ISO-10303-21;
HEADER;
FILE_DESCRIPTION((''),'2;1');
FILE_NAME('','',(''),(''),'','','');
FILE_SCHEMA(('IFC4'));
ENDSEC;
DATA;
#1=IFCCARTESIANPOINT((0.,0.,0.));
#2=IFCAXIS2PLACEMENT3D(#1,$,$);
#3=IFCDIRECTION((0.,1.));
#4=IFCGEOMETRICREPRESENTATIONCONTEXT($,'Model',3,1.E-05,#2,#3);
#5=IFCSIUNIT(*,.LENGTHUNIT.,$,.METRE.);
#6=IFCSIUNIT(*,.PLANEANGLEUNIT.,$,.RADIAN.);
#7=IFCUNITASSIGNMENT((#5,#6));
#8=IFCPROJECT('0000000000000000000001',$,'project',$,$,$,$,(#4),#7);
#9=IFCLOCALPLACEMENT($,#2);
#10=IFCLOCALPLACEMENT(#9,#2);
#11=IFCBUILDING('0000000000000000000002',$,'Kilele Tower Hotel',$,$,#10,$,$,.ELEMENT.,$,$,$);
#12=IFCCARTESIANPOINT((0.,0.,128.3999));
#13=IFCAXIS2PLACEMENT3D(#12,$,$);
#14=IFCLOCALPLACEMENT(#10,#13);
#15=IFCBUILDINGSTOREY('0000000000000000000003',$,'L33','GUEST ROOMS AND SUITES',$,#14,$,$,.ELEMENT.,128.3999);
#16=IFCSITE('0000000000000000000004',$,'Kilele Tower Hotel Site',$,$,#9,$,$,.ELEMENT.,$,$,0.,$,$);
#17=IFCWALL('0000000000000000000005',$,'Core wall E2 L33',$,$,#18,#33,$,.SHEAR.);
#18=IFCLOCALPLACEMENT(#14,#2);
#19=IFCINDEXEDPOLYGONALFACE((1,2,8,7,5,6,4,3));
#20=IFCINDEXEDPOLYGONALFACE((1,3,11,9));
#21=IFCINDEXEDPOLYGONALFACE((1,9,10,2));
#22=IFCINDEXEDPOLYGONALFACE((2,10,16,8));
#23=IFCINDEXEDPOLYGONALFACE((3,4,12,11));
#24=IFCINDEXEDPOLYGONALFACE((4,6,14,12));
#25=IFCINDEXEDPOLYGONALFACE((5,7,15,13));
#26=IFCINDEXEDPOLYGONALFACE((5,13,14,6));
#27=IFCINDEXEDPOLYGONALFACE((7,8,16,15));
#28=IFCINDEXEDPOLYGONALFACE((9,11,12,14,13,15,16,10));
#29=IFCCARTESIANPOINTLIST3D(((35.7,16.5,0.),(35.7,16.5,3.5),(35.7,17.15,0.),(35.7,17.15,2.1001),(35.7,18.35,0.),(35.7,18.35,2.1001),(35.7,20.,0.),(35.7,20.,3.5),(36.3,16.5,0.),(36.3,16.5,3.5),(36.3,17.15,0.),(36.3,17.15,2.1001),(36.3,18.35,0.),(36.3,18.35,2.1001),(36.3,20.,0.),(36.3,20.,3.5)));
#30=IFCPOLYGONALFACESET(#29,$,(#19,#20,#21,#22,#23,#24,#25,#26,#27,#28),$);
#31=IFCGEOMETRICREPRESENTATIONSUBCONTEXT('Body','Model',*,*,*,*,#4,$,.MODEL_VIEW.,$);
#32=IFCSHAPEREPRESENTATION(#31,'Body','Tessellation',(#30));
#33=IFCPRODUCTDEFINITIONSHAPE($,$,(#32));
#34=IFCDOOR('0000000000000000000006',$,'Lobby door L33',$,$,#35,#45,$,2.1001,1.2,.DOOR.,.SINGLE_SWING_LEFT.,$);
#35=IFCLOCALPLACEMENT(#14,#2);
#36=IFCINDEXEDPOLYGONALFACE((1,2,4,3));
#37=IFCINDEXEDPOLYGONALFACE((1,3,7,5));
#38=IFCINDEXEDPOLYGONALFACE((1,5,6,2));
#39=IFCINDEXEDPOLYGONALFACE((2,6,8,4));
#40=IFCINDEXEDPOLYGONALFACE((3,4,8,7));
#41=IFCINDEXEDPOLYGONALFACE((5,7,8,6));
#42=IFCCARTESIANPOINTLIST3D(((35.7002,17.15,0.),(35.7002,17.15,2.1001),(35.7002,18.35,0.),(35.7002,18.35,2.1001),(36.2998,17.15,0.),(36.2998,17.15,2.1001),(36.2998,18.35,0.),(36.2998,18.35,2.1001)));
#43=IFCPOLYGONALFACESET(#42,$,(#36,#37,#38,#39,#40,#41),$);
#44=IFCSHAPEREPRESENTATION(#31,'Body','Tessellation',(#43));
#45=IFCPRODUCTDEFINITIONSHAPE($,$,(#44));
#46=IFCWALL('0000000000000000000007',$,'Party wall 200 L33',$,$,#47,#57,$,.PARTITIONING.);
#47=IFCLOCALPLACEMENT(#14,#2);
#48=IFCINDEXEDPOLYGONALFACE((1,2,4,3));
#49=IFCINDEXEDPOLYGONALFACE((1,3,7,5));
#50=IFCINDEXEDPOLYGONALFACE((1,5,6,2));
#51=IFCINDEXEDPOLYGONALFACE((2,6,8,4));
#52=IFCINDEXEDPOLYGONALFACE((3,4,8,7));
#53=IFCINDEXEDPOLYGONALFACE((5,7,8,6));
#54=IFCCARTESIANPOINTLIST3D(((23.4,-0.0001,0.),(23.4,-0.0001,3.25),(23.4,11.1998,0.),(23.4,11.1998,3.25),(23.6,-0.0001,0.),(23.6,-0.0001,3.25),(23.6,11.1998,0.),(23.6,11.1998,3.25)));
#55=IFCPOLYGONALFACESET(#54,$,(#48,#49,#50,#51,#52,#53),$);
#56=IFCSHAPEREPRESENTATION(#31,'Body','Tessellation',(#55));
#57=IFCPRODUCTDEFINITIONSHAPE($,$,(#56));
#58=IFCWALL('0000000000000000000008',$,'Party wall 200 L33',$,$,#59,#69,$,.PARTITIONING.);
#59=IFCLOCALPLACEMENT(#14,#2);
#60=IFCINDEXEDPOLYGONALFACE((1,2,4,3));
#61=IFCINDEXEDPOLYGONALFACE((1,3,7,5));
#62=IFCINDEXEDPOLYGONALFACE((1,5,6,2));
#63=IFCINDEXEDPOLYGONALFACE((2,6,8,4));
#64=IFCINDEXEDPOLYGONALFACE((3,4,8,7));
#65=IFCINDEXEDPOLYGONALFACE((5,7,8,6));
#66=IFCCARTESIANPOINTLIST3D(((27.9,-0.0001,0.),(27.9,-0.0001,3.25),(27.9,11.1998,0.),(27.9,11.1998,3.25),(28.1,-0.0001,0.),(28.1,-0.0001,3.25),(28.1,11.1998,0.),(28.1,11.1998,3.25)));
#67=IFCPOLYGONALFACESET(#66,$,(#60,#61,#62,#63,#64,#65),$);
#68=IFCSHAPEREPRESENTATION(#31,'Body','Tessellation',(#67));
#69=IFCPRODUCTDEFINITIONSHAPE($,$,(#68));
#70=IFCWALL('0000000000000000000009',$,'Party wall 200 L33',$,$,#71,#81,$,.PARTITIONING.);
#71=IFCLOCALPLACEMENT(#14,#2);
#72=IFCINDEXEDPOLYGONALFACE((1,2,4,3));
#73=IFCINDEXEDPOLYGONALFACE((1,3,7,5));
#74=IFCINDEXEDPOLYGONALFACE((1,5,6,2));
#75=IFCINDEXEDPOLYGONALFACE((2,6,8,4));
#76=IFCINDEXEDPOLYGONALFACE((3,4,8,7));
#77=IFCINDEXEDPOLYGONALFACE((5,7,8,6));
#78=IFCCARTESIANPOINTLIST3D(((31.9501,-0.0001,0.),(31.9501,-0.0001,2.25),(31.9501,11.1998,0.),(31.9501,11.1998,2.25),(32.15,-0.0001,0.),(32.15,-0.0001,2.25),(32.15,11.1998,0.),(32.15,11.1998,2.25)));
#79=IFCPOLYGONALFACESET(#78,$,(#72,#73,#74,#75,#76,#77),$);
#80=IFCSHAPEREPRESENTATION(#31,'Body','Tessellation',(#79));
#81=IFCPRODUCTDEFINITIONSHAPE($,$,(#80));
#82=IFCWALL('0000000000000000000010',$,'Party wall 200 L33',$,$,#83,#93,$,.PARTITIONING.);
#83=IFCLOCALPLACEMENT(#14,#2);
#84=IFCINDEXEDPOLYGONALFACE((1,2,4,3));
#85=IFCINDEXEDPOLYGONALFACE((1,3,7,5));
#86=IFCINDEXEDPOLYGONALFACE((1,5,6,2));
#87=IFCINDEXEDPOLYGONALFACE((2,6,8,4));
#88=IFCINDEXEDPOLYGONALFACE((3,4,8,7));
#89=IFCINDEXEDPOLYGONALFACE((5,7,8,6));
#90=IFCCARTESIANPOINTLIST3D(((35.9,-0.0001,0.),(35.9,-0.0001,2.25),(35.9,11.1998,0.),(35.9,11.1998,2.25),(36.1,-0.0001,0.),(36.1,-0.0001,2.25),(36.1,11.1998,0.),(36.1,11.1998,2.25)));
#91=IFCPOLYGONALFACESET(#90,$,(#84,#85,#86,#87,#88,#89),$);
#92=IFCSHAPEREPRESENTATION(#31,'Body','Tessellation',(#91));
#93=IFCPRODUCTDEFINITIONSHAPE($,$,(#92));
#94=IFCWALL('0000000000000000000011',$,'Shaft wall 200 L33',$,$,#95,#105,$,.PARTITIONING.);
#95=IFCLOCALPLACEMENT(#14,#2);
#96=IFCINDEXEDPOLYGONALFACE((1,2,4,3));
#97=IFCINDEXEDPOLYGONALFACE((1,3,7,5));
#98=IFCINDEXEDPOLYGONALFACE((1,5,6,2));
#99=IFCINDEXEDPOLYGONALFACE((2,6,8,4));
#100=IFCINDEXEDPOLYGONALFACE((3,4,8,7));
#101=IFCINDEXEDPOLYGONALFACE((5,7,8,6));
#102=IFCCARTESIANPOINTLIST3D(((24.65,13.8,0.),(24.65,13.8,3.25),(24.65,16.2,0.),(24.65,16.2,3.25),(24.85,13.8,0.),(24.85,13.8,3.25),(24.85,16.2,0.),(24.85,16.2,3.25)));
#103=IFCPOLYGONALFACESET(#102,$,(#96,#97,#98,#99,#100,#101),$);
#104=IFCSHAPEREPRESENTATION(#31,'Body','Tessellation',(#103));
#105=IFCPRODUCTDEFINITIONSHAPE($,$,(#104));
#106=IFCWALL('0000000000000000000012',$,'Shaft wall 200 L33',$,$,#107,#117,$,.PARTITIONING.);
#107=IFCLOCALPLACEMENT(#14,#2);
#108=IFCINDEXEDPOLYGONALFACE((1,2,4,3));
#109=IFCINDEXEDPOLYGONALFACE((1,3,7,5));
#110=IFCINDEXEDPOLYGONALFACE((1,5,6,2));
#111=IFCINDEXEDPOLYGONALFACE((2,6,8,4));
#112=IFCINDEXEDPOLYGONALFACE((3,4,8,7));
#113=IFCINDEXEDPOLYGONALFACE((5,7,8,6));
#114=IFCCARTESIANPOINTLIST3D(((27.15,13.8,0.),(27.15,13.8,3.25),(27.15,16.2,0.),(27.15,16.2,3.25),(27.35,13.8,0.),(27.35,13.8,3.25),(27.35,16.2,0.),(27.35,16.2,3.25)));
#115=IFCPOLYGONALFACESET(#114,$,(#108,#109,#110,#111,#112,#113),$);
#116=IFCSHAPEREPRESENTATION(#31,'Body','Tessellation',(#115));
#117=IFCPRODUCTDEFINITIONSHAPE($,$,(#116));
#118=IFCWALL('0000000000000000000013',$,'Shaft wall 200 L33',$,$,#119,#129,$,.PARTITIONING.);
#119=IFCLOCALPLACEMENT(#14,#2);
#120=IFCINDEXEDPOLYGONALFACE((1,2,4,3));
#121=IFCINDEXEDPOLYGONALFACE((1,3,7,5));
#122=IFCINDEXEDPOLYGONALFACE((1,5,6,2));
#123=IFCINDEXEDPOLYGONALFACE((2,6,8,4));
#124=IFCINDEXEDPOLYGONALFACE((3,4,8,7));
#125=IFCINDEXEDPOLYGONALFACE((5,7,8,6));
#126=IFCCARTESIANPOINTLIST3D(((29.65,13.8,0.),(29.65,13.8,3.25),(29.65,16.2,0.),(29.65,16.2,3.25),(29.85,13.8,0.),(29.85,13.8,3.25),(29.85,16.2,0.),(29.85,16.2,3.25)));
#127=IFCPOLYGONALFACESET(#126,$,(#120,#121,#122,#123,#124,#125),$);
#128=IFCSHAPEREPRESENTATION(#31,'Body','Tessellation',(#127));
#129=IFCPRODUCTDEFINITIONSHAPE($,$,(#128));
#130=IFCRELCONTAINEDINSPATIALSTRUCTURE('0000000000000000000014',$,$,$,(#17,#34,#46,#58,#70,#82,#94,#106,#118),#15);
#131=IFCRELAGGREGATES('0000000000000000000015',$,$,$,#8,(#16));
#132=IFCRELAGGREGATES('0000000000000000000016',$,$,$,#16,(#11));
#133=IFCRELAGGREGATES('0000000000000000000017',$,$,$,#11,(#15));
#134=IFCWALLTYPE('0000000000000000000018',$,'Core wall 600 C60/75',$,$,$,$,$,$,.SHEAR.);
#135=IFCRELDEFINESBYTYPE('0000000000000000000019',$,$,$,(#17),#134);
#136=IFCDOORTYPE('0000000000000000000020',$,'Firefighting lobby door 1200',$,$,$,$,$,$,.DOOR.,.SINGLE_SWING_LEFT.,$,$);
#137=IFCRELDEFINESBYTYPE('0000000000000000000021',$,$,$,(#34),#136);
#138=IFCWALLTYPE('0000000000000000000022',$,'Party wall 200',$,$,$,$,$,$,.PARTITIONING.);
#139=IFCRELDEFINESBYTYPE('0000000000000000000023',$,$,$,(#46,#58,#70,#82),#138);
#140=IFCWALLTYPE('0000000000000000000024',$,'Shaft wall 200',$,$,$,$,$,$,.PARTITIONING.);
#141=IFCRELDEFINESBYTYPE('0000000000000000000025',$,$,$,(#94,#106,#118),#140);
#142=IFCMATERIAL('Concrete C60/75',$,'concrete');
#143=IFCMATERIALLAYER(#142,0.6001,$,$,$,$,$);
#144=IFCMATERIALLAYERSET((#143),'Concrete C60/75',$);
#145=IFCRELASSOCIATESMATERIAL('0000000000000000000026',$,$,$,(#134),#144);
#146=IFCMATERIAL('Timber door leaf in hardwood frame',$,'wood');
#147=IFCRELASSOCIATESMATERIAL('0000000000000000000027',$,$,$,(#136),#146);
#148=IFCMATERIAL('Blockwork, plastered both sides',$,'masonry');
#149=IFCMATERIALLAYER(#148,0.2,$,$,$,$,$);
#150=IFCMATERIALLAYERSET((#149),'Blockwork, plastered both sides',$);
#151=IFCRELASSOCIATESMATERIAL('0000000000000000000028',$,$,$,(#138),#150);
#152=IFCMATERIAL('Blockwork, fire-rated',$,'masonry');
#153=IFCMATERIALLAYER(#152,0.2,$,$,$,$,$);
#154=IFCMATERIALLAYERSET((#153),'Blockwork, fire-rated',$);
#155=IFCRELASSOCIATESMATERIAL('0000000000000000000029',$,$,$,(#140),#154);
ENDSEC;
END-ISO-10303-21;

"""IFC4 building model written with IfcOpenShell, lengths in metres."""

from ifc_helpers import new_model, si_unit, direction, frame, frame_2d, origin, place, context, subcontext, project, spatial, rectangle, extrude, material, layer, layer_set, type_object, element, fill, save


model = new_model("IFC4")

# Units and contexts
model_context = context("Model", 3, precision=1e-05, world=origin(), true_north=direction((0.0, 1.0)))
body_context = subcontext(model_context, "Body", "Model", "MODEL_VIEW")
ifc_project = project(units=[si_unit("LENGTHUNIT", "METRE"), si_unit("PLANEANGLEUNIT", "RADIAN")], contexts=[model_context])

# Site, building, storey
site_placement = place(None, origin())
site = spatial("IfcSite", under=ifc_project, at=site_placement, Name="Kilele Tower Hotel Site", CompositionType="ELEMENT", RefElevation=0.0)
building_placement = place(site_placement, origin())
building = spatial("IfcBuilding", under=site, at=building_placement, Name="Kilele Tower Hotel", CompositionType="ELEMENT")
storey_placement = place(building_placement, frame((0.0, 0.0, 128.3999)))
storey = spatial("IfcBuildingStorey", under=building, at=storey_placement, Name="L33", Description="GUEST ROOMS AND SUITES", CompositionType="ELEMENT", Elevation=128.3999)

# Shared definitions
ifc_material_1 = material(Name="Concrete C60/75", Category="concrete")
ifc_layer_1 = layer(ifc_material_1, 0.6001)
ifc_layer_set_1 = layer_set([ifc_layer_1], Name="Concrete C60/75")
wall_type_1 = type_object("IfcWallType", Name="Core wall 600 C60/75", PredefinedType="SHEAR", material=ifc_layer_set_1)
ifc_material_2 = material(Name="Timber door leaf in hardwood frame", Category="wood")
door_type_1 = type_object("IfcDoorType", Name="Firefighting lobby door 1200", OperationType="SINGLE_SWING_LEFT", PredefinedType="DOOR", material=ifc_material_2)

# Wall, opening, door
wall_1_placement = place(storey_placement, frame((36.0, 16.5, 0.0), z_axis=(0.0, 0.0, 1.0), x_axis=(0.0, 1.0, 0.0)))
wall_1 = element("IfcWall", 1, at=wall_1_placement, inside=storey, type_object=wall_type_1, Name="Core wall E2 L33", PredefinedType="SHEAR", context=body_context, shape_type="SweptSolid", body=[
    extrude(rectangle(XDim=3.5, YDim=0.6001, at=frame_2d((1.75, 0.0))), origin(), (0.0, 0.0, 1.0), 3.5),
])
opening_1_placement = place(wall_1_placement, frame((0.6499, 0.0, 0.0)))
opening_1 = element("IfcOpeningElement", 2, at=opening_1_placement, cuts=wall_1, PredefinedType="OPENING", context=body_context, shape_type="SweptSolid", body=[
    extrude(rectangle(XDim=1.2, YDim=2.1001, at=frame_2d((0.6001, 1.05))), frame((0.0, 0.3101, 0.0), z_axis=(0.0, -1.0, 0.0), x_axis=(1.0, 0.0, 0.0)), (0.0, 0.0, 1.0), 0.6201),
])
door_1_placement = place(opening_1_placement, origin())
door_1 = element("IfcDoor", 3, at=door_1_placement, inside=storey, type_object=door_type_1, Name="Lobby door L33", OperationType="SINGLE_SWING_LEFT", OverallHeight=2.1001, OverallWidth=1.2, PredefinedType="DOOR", context=body_context, shape_type="SweptSolid", body=[
    extrude(rectangle(XDim=1.2, YDim=2.1001, at=frame_2d((0.6001, 1.05))), frame((0.0, 0.2998, 0.0), z_axis=(0.0, -1.0, 0.0), x_axis=(1.0, 0.0, 0.0)), (0.0, 0.0, 1.0), 0.5996),
])
fill(opening_1, door_1)

# Walls
ifc_material_3 = material(Name="Blockwork, plastered both sides", Category="masonry")
ifc_layer_2 = layer(ifc_material_3, 0.2)
ifc_layer_set_2 = layer_set([ifc_layer_2], Name="Blockwork, plastered both sides")
wall_type_2 = type_object("IfcWallType", Name="Party wall 200", PredefinedType="PARTITIONING", material=ifc_layer_set_2)
for number, where, z_axis, x_axis, name in (
    (4, (23.5, 11.2, 0.0), (0.0, 0.0, 1.0), (0.0, -1.0, 0.0), "Party wall 200 L33"),
    (5, (28.0, 11.2, 0.0), (0.0, 0.0, 1.0), (0.0, -1.0, 0.0), "Party wall 200 L33"),
):
    element("IfcWall", number, at=place(storey_placement, frame(where, z_axis=z_axis, x_axis=x_axis)), inside=storey, type_object=wall_type_2, Name=name, PredefinedType="PARTITIONING", context=body_context, shape_type="SweptSolid", body=[
        extrude(rectangle(XDim=11.2, YDim=0.2, at=frame_2d((5.6001, 0.0))), origin(), (0.0, 0.0, 1.0), 3.25),
    ])
for number, where, z_axis, x_axis, name in (
    (6, (32.05, 11.2, 0.0), (0.0, 0.0, 1.0), (0.0, -1.0, 0.0), "Party wall 200 L33"),
    (7, (36.0, 11.2, 0.0), (0.0, 0.0, 1.0), (0.0, -1.0, 0.0), "Party wall 200 L33"),
):
    element("IfcWall", number, at=place(storey_placement, frame(where, z_axis=z_axis, x_axis=x_axis)), inside=storey, type_object=wall_type_2, Name=name, PredefinedType="PARTITIONING", context=body_context, shape_type="SweptSolid", body=[
        extrude(rectangle(XDim=11.2, YDim=0.2, at=frame_2d((5.6001, 0.0))), origin(), (0.0, 0.0, 1.0), 2.25),
    ])
ifc_material_4 = material(Name="Blockwork, fire-rated", Category="masonry")
ifc_layer_3 = layer(ifc_material_4, 0.2)
ifc_layer_set_3 = layer_set([ifc_layer_3], Name="Blockwork, fire-rated")
wall_type_3 = type_object("IfcWallType", Name="Shaft wall 200", PredefinedType="PARTITIONING", material=ifc_layer_set_3)
for number, where, z_axis, x_axis, name in (
    (8, (24.75, 13.8, 0.0), (0.0, 0.0, 1.0), (0.0, 1.0, 0.0), "Shaft wall 200 L33"),
    (9, (27.25, 13.8, 0.0), (0.0, 0.0, 1.0), (0.0, 1.0, 0.0), "Shaft wall 200 L33"),
    (10, (29.75, 13.8, 0.0), (0.0, 0.0, 1.0), (0.0, 1.0, 0.0), "Shaft wall 200 L33"),
):
    element("IfcWall", number, at=place(storey_placement, frame(where, z_axis=z_axis, x_axis=x_axis)), inside=storey, type_object=wall_type_3, Name=name, PredefinedType="PARTITIONING", context=body_context, shape_type="SweptSolid", body=[
        extrude(rectangle(XDim=2.3999, YDim=0.2, at=frame_2d((1.2, 0.0))), origin(), (0.0, 0.0, 1.0), 3.25),
    ])

save(model, "model.ifc")
